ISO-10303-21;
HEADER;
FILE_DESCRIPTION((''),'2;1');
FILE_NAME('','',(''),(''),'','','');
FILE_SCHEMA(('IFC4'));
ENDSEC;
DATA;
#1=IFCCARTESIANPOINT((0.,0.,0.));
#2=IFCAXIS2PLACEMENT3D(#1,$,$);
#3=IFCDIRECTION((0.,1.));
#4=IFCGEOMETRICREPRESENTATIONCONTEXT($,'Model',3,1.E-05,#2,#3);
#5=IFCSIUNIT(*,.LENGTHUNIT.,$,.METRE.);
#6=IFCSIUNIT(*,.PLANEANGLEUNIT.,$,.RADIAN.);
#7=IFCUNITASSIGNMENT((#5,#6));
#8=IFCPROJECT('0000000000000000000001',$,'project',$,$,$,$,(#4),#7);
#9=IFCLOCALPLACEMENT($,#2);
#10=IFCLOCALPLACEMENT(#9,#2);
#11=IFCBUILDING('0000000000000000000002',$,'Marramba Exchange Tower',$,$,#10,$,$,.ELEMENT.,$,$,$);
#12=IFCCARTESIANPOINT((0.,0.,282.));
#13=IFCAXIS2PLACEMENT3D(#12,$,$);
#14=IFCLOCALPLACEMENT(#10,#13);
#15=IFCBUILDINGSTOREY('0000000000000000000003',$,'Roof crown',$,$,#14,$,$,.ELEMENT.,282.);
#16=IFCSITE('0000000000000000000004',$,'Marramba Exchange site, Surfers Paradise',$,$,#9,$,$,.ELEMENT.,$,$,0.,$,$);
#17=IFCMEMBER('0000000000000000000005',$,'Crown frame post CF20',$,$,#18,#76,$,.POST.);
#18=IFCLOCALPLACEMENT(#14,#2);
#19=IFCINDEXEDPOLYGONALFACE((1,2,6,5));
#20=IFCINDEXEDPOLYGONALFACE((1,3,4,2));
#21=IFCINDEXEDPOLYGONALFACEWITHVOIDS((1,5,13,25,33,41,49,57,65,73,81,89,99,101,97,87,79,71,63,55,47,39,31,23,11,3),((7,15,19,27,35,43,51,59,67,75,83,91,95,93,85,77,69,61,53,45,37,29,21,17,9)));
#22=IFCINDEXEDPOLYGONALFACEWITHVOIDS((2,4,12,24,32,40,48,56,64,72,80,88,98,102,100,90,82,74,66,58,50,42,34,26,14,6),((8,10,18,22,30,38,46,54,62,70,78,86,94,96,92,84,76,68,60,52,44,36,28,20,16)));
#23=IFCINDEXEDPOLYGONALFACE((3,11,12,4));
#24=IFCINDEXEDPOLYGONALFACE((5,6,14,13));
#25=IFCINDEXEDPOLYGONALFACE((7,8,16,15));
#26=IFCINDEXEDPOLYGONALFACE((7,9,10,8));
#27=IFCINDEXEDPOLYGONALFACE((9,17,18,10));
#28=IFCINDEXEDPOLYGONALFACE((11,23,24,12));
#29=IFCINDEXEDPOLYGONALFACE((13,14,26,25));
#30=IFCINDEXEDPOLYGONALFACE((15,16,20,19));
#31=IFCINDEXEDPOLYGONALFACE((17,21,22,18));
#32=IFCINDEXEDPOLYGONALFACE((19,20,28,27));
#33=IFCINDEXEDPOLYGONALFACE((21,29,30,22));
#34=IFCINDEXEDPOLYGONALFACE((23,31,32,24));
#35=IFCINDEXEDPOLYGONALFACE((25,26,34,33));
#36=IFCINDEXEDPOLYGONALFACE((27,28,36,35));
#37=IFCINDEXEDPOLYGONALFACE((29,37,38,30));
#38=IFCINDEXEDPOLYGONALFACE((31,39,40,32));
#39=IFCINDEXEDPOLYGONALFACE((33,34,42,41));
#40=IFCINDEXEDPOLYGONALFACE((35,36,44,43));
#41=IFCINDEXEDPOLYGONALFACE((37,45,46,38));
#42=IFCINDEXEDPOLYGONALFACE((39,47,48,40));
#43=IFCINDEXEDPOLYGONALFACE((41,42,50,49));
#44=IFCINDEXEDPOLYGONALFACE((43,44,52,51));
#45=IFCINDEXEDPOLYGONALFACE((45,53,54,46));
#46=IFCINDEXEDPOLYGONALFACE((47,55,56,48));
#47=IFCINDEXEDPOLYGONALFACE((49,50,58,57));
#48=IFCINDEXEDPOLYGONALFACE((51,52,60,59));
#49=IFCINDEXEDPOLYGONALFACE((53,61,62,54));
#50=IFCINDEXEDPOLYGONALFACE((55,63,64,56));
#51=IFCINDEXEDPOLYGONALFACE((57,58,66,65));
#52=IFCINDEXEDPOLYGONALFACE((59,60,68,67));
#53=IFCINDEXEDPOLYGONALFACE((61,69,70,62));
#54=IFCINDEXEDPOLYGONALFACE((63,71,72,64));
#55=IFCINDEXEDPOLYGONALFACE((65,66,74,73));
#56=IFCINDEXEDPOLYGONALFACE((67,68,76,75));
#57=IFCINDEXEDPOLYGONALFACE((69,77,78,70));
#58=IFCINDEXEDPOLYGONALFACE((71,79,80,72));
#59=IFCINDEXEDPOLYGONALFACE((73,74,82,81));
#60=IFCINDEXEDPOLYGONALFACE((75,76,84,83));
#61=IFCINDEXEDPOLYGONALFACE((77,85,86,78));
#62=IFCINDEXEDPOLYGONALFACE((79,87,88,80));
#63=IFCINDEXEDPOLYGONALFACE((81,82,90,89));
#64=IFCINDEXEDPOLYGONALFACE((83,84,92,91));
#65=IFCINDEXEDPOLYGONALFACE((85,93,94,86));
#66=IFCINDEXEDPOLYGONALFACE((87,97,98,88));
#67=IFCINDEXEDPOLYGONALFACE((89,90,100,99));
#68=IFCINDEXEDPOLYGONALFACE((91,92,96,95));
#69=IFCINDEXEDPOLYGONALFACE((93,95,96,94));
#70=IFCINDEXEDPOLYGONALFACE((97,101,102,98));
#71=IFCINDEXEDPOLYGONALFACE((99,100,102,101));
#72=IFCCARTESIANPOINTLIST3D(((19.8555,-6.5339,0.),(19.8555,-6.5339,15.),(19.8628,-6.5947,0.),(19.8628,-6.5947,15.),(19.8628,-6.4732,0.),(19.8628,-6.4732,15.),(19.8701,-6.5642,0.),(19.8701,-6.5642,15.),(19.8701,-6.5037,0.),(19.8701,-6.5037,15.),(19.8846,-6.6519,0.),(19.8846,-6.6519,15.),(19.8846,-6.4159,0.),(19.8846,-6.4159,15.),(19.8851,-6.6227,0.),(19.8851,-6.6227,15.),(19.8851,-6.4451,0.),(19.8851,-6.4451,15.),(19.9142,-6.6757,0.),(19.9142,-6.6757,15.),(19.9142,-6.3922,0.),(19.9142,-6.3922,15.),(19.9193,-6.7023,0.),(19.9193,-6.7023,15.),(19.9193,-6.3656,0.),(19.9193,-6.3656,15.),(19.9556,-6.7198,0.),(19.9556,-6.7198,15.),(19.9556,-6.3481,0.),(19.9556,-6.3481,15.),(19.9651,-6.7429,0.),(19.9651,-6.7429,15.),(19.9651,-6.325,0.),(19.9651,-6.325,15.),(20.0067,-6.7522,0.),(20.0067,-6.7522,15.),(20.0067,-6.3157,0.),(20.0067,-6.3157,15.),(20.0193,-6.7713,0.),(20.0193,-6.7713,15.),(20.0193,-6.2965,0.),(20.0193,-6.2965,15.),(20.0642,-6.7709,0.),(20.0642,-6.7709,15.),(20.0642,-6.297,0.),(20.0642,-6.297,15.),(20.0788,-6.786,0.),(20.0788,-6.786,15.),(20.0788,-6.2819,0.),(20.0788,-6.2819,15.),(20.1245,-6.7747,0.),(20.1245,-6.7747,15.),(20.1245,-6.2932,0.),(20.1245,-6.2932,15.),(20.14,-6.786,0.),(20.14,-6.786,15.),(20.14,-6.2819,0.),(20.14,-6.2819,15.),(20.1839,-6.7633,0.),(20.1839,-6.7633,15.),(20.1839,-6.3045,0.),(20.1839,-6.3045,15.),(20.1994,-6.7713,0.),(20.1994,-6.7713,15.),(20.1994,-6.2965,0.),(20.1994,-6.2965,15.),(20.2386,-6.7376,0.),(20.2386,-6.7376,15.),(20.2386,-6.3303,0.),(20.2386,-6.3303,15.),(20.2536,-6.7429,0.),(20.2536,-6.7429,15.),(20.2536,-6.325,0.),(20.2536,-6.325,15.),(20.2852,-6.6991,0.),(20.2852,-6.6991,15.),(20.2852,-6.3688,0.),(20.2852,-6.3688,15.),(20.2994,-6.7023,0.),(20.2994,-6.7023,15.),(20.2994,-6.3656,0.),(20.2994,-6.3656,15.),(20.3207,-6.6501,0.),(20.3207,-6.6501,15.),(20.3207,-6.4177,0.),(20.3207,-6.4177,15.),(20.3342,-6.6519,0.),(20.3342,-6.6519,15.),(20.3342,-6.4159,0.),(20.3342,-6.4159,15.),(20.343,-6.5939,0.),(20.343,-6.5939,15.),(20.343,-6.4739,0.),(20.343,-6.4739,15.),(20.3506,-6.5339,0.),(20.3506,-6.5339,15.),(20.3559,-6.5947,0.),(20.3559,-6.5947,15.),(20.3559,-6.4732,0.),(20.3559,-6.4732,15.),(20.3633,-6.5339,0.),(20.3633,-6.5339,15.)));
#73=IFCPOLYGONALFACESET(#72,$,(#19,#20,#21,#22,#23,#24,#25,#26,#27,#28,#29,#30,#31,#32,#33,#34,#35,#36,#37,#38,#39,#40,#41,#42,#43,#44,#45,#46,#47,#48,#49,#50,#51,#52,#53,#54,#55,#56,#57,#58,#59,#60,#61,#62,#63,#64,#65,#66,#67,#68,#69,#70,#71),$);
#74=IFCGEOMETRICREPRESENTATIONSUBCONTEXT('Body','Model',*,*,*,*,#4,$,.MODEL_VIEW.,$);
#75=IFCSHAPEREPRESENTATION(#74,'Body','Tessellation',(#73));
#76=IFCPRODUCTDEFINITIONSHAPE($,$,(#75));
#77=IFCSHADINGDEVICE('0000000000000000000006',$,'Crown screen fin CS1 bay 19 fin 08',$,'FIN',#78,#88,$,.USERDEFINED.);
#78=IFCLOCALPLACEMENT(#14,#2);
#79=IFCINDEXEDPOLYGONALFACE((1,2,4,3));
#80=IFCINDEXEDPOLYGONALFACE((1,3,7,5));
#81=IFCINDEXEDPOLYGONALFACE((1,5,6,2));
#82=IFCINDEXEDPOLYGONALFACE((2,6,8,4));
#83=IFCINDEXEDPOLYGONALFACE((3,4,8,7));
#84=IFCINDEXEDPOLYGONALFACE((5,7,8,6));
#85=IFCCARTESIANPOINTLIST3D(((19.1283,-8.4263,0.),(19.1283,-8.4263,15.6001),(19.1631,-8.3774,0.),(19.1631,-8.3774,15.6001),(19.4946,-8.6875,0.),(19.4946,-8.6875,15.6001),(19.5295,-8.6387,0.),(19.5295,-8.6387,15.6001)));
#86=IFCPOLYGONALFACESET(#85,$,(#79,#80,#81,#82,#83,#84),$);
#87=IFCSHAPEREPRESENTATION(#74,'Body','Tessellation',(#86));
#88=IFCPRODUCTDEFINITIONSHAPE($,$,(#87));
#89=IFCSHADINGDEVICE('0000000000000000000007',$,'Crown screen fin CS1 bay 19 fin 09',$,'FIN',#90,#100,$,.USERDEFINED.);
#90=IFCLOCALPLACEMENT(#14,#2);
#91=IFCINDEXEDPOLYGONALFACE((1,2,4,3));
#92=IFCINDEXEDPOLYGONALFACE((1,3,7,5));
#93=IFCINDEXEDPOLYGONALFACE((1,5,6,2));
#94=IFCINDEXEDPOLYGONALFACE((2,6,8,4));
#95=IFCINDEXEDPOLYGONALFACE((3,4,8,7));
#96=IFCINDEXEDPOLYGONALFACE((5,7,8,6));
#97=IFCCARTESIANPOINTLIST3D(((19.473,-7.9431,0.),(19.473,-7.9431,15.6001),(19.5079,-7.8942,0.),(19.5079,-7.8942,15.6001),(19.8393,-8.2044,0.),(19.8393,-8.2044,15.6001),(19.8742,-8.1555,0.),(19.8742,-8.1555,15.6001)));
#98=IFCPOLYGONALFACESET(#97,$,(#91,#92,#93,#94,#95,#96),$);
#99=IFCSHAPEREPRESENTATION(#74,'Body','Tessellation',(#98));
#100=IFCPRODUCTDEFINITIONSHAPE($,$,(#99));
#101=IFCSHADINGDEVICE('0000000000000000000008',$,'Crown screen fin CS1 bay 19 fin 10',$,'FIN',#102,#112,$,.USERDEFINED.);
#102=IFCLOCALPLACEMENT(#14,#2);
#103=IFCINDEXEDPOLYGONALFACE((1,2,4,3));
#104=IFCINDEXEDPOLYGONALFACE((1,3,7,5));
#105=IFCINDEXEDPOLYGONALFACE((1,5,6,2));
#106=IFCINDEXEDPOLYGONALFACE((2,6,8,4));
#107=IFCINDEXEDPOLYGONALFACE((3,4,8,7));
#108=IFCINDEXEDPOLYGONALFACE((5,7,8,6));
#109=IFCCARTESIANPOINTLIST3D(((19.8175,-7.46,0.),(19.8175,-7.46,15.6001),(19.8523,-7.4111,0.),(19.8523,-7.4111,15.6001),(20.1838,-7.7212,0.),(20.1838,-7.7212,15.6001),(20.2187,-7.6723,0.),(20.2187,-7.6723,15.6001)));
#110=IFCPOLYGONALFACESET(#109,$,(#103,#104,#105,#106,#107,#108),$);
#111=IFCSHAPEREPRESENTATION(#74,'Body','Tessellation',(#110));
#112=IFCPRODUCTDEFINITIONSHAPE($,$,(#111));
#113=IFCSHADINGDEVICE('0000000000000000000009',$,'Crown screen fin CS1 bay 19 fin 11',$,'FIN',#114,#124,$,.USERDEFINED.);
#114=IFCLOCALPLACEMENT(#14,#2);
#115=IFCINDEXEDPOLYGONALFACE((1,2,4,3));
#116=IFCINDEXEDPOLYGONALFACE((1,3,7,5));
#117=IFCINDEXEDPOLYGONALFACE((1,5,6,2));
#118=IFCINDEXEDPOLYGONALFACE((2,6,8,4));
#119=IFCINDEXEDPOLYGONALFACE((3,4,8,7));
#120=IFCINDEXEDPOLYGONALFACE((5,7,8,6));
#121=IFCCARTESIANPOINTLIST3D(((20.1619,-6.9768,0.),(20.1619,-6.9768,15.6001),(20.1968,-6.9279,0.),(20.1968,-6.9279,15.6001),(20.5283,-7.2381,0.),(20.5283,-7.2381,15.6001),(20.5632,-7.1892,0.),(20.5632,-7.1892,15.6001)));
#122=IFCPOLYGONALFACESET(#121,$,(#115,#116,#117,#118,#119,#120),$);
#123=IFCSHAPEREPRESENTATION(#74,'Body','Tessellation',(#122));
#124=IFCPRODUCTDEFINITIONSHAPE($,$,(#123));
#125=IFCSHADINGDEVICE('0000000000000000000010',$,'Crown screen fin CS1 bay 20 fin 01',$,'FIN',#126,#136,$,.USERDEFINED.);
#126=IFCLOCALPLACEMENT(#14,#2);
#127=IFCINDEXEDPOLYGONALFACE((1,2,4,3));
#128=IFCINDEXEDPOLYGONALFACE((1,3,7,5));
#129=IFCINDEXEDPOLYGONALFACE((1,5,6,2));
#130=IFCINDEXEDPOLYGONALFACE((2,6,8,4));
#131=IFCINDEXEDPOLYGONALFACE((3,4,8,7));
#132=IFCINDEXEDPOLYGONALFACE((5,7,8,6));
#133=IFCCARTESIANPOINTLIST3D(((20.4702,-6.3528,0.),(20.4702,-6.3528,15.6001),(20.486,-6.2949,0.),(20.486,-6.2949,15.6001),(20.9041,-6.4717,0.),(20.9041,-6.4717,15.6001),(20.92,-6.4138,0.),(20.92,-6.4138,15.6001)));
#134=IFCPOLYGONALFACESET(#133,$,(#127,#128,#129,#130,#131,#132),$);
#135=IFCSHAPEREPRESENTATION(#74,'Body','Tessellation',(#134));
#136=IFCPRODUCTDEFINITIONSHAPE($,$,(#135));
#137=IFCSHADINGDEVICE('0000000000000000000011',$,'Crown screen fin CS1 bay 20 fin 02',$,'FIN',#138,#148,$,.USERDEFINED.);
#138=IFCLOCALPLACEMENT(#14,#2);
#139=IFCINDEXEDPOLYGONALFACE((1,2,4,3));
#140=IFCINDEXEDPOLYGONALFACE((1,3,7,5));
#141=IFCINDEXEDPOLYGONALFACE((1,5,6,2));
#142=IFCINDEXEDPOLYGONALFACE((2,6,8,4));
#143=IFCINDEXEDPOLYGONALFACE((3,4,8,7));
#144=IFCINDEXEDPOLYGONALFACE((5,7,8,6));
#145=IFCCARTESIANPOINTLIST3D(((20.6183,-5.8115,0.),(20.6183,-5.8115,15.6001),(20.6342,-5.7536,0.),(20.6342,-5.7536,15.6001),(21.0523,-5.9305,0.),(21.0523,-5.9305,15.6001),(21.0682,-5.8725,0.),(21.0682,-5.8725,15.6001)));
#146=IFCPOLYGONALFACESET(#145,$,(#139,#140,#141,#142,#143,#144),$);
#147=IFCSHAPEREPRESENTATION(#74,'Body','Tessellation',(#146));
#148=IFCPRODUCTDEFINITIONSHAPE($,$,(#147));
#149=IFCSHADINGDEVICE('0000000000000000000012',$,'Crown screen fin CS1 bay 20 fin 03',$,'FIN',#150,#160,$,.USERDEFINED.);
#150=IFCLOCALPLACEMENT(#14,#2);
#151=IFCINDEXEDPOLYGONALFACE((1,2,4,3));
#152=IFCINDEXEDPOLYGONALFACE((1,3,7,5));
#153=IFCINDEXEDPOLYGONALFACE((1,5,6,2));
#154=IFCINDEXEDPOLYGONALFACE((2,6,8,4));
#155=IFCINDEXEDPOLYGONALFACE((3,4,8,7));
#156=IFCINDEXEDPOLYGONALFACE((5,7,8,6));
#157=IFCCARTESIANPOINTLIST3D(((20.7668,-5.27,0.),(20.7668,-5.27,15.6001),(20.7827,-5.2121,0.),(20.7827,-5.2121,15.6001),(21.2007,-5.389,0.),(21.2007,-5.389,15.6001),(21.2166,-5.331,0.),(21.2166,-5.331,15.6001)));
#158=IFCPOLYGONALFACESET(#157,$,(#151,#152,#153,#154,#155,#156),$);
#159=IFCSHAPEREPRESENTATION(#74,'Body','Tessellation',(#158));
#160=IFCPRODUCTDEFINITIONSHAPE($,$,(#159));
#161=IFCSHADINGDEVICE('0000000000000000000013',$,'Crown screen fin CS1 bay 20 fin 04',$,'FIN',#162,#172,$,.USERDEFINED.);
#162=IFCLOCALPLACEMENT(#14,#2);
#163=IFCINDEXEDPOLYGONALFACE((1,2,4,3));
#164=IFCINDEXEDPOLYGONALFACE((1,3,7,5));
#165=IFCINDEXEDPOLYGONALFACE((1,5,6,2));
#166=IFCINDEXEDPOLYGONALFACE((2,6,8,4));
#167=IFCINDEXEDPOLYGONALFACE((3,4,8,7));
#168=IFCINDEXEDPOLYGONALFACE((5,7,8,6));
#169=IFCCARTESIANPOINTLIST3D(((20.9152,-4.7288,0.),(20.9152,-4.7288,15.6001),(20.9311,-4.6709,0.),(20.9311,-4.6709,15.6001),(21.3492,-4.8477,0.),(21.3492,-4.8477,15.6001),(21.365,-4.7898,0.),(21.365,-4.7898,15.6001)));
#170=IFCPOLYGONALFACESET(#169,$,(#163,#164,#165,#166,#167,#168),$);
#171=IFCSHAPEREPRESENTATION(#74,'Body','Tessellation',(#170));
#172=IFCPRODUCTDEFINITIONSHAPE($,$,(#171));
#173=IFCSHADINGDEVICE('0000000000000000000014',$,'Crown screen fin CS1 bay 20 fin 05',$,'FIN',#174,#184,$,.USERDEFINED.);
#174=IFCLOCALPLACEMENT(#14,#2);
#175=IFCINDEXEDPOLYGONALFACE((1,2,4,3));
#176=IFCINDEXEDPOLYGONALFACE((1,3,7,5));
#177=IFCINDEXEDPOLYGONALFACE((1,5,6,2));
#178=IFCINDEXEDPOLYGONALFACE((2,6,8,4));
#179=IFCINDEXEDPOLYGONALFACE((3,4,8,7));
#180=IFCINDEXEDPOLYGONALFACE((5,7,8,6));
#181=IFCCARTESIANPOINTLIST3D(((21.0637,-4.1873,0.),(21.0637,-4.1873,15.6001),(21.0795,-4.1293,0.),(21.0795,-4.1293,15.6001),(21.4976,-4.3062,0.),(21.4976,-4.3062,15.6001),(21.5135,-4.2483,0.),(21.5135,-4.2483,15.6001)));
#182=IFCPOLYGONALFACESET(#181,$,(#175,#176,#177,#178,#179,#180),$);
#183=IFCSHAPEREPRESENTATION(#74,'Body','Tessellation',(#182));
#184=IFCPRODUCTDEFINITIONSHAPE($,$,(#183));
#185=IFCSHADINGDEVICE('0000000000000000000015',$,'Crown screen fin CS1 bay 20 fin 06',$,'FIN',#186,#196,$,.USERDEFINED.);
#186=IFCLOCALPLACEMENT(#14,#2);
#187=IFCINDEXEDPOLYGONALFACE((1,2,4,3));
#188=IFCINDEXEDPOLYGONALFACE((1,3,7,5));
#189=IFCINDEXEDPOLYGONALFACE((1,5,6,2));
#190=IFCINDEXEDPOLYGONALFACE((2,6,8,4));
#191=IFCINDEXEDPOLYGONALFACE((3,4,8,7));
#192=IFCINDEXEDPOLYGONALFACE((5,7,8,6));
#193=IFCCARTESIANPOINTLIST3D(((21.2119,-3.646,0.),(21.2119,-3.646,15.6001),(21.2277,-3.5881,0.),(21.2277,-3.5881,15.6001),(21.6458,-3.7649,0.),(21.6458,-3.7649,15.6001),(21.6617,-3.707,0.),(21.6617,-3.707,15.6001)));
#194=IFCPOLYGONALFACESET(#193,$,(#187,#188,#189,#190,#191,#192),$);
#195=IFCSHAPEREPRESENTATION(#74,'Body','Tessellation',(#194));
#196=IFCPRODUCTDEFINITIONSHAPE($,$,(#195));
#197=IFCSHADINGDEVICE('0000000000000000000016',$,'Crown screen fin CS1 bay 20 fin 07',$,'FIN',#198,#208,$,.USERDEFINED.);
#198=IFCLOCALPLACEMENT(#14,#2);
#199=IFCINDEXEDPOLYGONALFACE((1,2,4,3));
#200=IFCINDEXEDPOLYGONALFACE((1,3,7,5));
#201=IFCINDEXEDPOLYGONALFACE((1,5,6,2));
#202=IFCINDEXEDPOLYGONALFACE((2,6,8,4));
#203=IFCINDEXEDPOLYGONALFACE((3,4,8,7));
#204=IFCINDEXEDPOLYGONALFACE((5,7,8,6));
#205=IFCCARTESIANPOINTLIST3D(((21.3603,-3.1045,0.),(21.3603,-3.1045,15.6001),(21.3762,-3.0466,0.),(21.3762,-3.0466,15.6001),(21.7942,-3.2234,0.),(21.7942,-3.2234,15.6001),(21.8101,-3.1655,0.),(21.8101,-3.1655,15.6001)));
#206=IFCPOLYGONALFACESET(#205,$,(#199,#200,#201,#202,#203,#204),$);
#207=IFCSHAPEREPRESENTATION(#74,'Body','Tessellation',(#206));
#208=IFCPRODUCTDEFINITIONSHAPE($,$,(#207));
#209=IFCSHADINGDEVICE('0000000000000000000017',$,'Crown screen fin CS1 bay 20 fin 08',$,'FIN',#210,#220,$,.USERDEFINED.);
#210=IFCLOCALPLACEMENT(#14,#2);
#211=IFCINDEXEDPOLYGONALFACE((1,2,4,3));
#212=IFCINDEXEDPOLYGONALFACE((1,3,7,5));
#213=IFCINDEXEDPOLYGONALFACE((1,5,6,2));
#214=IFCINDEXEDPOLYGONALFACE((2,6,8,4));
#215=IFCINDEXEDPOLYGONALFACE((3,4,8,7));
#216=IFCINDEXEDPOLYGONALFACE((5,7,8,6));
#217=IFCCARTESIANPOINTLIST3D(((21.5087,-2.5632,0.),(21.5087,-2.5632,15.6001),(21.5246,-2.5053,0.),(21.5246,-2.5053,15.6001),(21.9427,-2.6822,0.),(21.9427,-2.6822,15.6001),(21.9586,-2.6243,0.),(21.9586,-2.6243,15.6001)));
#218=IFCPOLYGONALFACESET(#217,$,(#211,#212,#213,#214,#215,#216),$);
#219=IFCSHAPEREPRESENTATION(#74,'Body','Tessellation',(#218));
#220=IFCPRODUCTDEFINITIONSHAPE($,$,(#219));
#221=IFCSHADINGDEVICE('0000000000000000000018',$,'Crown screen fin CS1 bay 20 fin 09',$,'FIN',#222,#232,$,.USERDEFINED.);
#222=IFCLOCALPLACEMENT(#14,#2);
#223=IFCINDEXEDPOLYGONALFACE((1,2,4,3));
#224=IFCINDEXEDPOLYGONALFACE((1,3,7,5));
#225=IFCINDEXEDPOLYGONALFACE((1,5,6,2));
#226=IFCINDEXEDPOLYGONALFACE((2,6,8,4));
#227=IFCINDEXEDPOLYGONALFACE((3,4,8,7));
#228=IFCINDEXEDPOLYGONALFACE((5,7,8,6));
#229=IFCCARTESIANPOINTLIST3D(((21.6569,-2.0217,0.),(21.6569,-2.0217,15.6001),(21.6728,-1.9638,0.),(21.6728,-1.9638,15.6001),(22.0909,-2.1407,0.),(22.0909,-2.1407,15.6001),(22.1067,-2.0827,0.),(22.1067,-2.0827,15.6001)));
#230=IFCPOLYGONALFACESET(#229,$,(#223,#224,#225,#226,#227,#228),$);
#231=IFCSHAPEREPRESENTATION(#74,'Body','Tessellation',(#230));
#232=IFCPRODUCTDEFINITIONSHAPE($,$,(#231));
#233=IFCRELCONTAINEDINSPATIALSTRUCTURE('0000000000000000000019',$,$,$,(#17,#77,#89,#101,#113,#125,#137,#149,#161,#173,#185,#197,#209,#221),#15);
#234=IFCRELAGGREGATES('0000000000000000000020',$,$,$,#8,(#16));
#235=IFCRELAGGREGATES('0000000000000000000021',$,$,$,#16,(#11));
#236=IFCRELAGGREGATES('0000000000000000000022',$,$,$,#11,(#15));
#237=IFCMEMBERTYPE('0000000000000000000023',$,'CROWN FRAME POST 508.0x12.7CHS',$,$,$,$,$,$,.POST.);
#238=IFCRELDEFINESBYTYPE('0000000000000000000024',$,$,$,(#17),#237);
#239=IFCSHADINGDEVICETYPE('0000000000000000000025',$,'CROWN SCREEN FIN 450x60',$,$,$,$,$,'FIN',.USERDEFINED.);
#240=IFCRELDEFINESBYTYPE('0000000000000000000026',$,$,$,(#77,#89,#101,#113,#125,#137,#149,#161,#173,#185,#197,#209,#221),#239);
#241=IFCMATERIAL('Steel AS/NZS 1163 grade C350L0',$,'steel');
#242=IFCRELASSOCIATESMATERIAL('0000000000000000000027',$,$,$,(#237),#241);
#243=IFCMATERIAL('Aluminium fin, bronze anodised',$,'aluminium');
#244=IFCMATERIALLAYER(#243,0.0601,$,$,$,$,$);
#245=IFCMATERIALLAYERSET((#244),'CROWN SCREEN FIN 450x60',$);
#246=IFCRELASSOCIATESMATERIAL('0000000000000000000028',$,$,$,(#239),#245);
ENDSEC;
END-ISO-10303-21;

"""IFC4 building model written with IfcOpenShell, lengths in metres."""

from ifc_helpers import new_model, si_unit, direction, frame, origin, origin_2d, place, context, subcontext, project, spatial, rectangle, hollow_circle, extrude, material, layer, layer_set, material_profile, profile_set, type_object, element, save


model = new_model("IFC4")

# Units and contexts
model_context = context("Model", 3, precision=1e-05, world=origin(), true_north=direction((0.0, 1.0)))
body_context = subcontext(model_context, "Body", "Model", "MODEL_VIEW")
ifc_project = project(units=[si_unit("LENGTHUNIT", "METRE"), si_unit("PLANEANGLEUNIT", "RADIAN")], contexts=[model_context])

# Site, building, storey
site_placement = place(None, origin())
site = spatial("IfcSite", under=ifc_project, at=site_placement, Name="Marramba Exchange site, Surfers Paradise", CompositionType="ELEMENT", RefElevation=0.0)
building_placement = place(site_placement, origin())
building = spatial("IfcBuilding", under=site, at=building_placement, Name="Marramba Exchange Tower", CompositionType="ELEMENT")
storey_placement = place(building_placement, frame((0.0, 0.0, 282.0)))
storey = spatial("IfcBuildingStorey", under=building, at=storey_placement, Name="Roof crown", CompositionType="ELEMENT", Elevation=282.0)

# Member
ifc_material_1 = material(Name="Steel AS/NZS 1163 grade C350L0", Category="steel")
ifc_material_profile_1 = material_profile(ifc_material_1, hollow_circle(Radius=0.2539, WallThickness=0.0127, at=origin_2d()), Name="508.0x12.7CHS")
ifc_profile_set_1 = profile_set([ifc_material_profile_1], Name="Steel AS/NZS 1163 grade C350L0")
member_type_1 = type_object("IfcMemberType", Name="CROWN FRAME POST 508.0x12.7CHS", PredefinedType="POST", material=ifc_profile_set_1)
for number, where, z_axis, x_axis, name in (
    (1, (20.1094, -6.5339, 0.0), (0.0, 0.0, 1.0), (1.0, 0.0, 0.0), "Crown frame post CF20"),
):
    element("IfcMember", number, at=place(storey_placement, frame(where, z_axis=z_axis, x_axis=x_axis)), inside=storey, type_object=member_type_1, Name=name, PredefinedType="POST", context=body_context, shape_type="SweptSolid", body=[
        extrude(hollow_circle(Radius=0.2539, WallThickness=0.0127, at=origin_2d()), origin(), (0.0, 0.0, 1.0), 15.0),
    ])

# Shading devices
ifc_material_2 = material(Name="Aluminium fin, bronze anodised", Category="aluminium")
ifc_layer_1 = layer(ifc_material_2, 0.0601)
ifc_layer_set_1 = layer_set([ifc_layer_1], Name="CROWN SCREEN FIN 450x60")
shading_device_type = type_object("IfcShadingDeviceType", Name="CROWN SCREEN FIN 450x60", ElementType="FIN", PredefinedType="USERDEFINED", material=ifc_layer_set_1)
for number, where, z_axis, x_axis, name in (
    (2, (19.3289, -8.5325, 0.0), (0.0, 0.0, 1.0), (0.81416, -0.58064, 0.0), "Crown screen fin CS1 bay 19 fin 08"),
    (3, (19.6736, -8.0493, 0.0), (0.0, 0.0, 1.0), (0.81416, -0.58064, 0.0), "Crown screen fin CS1 bay 19 fin 09"),
    (4, (20.0181, -7.5662, 0.0), (0.0, 0.0, 1.0), (0.81416, -0.58064, 0.0), "Crown screen fin CS1 bay 19 fin 10"),
    (5, (20.3625, -7.083, 0.0), (0.0, 0.0, 1.0), (0.81416, -0.58064, 0.0), "Crown screen fin CS1 bay 19 fin 11"),
    (6, (20.6951, -6.3833, 0.0), (0.0, 0.0, 1.0), (0.964439, -0.264304, 0.0), "Crown screen fin CS1 bay 20 fin 01"),
    (7, (20.8433, -5.842, 0.0), (0.0, 0.0, 1.0), (0.964439, -0.264304, 0.0), "Crown screen fin CS1 bay 20 fin 02"),
    (8, (20.9917, -5.3005, 0.0), (0.0, 0.0, 1.0), (0.964439, -0.264304, 0.0), "Crown screen fin CS1 bay 20 fin 03"),
    (9, (21.1401, -4.7593, 0.0), (0.0, 0.0, 1.0), (0.964439, -0.264304, 0.0), "Crown screen fin CS1 bay 20 fin 04"),
    (10, (21.2886, -4.2178, 0.0), (0.0, 0.0, 1.0), (0.964439, -0.264304, 0.0), "Crown screen fin CS1 bay 20 fin 05"),
    (11, (21.4368, -3.6765, 0.0), (0.0, 0.0, 1.0), (0.964439, -0.264304, 0.0), "Crown screen fin CS1 bay 20 fin 06"),
    (12, (21.5852, -3.135, 0.0), (0.0, 0.0, 1.0), (0.964439, -0.264304, 0.0), "Crown screen fin CS1 bay 20 fin 07"),
    (13, (21.7336, -2.5938, 0.0), (0.0, 0.0, 1.0), (0.964439, -0.264304, 0.0), "Crown screen fin CS1 bay 20 fin 08"),
    (14, (21.8818, -2.0522, 0.0), (0.0, 0.0, 1.0), (0.964439, -0.264304, 0.0), "Crown screen fin CS1 bay 20 fin 09"),
):
    element("IfcShadingDevice", number, at=place(storey_placement, frame(where, z_axis=z_axis, x_axis=x_axis)), inside=storey, type_object=shading_device_type, Name=name, ObjectType="FIN", PredefinedType="USERDEFINED", context=body_context, shape_type="SweptSolid", body=[
        extrude(rectangle(XDim=0.45, YDim=0.0601, at=origin_2d()), origin(), (0.0, 0.0, 1.0), 15.6001),
    ])

save(model, "model.ifc")
